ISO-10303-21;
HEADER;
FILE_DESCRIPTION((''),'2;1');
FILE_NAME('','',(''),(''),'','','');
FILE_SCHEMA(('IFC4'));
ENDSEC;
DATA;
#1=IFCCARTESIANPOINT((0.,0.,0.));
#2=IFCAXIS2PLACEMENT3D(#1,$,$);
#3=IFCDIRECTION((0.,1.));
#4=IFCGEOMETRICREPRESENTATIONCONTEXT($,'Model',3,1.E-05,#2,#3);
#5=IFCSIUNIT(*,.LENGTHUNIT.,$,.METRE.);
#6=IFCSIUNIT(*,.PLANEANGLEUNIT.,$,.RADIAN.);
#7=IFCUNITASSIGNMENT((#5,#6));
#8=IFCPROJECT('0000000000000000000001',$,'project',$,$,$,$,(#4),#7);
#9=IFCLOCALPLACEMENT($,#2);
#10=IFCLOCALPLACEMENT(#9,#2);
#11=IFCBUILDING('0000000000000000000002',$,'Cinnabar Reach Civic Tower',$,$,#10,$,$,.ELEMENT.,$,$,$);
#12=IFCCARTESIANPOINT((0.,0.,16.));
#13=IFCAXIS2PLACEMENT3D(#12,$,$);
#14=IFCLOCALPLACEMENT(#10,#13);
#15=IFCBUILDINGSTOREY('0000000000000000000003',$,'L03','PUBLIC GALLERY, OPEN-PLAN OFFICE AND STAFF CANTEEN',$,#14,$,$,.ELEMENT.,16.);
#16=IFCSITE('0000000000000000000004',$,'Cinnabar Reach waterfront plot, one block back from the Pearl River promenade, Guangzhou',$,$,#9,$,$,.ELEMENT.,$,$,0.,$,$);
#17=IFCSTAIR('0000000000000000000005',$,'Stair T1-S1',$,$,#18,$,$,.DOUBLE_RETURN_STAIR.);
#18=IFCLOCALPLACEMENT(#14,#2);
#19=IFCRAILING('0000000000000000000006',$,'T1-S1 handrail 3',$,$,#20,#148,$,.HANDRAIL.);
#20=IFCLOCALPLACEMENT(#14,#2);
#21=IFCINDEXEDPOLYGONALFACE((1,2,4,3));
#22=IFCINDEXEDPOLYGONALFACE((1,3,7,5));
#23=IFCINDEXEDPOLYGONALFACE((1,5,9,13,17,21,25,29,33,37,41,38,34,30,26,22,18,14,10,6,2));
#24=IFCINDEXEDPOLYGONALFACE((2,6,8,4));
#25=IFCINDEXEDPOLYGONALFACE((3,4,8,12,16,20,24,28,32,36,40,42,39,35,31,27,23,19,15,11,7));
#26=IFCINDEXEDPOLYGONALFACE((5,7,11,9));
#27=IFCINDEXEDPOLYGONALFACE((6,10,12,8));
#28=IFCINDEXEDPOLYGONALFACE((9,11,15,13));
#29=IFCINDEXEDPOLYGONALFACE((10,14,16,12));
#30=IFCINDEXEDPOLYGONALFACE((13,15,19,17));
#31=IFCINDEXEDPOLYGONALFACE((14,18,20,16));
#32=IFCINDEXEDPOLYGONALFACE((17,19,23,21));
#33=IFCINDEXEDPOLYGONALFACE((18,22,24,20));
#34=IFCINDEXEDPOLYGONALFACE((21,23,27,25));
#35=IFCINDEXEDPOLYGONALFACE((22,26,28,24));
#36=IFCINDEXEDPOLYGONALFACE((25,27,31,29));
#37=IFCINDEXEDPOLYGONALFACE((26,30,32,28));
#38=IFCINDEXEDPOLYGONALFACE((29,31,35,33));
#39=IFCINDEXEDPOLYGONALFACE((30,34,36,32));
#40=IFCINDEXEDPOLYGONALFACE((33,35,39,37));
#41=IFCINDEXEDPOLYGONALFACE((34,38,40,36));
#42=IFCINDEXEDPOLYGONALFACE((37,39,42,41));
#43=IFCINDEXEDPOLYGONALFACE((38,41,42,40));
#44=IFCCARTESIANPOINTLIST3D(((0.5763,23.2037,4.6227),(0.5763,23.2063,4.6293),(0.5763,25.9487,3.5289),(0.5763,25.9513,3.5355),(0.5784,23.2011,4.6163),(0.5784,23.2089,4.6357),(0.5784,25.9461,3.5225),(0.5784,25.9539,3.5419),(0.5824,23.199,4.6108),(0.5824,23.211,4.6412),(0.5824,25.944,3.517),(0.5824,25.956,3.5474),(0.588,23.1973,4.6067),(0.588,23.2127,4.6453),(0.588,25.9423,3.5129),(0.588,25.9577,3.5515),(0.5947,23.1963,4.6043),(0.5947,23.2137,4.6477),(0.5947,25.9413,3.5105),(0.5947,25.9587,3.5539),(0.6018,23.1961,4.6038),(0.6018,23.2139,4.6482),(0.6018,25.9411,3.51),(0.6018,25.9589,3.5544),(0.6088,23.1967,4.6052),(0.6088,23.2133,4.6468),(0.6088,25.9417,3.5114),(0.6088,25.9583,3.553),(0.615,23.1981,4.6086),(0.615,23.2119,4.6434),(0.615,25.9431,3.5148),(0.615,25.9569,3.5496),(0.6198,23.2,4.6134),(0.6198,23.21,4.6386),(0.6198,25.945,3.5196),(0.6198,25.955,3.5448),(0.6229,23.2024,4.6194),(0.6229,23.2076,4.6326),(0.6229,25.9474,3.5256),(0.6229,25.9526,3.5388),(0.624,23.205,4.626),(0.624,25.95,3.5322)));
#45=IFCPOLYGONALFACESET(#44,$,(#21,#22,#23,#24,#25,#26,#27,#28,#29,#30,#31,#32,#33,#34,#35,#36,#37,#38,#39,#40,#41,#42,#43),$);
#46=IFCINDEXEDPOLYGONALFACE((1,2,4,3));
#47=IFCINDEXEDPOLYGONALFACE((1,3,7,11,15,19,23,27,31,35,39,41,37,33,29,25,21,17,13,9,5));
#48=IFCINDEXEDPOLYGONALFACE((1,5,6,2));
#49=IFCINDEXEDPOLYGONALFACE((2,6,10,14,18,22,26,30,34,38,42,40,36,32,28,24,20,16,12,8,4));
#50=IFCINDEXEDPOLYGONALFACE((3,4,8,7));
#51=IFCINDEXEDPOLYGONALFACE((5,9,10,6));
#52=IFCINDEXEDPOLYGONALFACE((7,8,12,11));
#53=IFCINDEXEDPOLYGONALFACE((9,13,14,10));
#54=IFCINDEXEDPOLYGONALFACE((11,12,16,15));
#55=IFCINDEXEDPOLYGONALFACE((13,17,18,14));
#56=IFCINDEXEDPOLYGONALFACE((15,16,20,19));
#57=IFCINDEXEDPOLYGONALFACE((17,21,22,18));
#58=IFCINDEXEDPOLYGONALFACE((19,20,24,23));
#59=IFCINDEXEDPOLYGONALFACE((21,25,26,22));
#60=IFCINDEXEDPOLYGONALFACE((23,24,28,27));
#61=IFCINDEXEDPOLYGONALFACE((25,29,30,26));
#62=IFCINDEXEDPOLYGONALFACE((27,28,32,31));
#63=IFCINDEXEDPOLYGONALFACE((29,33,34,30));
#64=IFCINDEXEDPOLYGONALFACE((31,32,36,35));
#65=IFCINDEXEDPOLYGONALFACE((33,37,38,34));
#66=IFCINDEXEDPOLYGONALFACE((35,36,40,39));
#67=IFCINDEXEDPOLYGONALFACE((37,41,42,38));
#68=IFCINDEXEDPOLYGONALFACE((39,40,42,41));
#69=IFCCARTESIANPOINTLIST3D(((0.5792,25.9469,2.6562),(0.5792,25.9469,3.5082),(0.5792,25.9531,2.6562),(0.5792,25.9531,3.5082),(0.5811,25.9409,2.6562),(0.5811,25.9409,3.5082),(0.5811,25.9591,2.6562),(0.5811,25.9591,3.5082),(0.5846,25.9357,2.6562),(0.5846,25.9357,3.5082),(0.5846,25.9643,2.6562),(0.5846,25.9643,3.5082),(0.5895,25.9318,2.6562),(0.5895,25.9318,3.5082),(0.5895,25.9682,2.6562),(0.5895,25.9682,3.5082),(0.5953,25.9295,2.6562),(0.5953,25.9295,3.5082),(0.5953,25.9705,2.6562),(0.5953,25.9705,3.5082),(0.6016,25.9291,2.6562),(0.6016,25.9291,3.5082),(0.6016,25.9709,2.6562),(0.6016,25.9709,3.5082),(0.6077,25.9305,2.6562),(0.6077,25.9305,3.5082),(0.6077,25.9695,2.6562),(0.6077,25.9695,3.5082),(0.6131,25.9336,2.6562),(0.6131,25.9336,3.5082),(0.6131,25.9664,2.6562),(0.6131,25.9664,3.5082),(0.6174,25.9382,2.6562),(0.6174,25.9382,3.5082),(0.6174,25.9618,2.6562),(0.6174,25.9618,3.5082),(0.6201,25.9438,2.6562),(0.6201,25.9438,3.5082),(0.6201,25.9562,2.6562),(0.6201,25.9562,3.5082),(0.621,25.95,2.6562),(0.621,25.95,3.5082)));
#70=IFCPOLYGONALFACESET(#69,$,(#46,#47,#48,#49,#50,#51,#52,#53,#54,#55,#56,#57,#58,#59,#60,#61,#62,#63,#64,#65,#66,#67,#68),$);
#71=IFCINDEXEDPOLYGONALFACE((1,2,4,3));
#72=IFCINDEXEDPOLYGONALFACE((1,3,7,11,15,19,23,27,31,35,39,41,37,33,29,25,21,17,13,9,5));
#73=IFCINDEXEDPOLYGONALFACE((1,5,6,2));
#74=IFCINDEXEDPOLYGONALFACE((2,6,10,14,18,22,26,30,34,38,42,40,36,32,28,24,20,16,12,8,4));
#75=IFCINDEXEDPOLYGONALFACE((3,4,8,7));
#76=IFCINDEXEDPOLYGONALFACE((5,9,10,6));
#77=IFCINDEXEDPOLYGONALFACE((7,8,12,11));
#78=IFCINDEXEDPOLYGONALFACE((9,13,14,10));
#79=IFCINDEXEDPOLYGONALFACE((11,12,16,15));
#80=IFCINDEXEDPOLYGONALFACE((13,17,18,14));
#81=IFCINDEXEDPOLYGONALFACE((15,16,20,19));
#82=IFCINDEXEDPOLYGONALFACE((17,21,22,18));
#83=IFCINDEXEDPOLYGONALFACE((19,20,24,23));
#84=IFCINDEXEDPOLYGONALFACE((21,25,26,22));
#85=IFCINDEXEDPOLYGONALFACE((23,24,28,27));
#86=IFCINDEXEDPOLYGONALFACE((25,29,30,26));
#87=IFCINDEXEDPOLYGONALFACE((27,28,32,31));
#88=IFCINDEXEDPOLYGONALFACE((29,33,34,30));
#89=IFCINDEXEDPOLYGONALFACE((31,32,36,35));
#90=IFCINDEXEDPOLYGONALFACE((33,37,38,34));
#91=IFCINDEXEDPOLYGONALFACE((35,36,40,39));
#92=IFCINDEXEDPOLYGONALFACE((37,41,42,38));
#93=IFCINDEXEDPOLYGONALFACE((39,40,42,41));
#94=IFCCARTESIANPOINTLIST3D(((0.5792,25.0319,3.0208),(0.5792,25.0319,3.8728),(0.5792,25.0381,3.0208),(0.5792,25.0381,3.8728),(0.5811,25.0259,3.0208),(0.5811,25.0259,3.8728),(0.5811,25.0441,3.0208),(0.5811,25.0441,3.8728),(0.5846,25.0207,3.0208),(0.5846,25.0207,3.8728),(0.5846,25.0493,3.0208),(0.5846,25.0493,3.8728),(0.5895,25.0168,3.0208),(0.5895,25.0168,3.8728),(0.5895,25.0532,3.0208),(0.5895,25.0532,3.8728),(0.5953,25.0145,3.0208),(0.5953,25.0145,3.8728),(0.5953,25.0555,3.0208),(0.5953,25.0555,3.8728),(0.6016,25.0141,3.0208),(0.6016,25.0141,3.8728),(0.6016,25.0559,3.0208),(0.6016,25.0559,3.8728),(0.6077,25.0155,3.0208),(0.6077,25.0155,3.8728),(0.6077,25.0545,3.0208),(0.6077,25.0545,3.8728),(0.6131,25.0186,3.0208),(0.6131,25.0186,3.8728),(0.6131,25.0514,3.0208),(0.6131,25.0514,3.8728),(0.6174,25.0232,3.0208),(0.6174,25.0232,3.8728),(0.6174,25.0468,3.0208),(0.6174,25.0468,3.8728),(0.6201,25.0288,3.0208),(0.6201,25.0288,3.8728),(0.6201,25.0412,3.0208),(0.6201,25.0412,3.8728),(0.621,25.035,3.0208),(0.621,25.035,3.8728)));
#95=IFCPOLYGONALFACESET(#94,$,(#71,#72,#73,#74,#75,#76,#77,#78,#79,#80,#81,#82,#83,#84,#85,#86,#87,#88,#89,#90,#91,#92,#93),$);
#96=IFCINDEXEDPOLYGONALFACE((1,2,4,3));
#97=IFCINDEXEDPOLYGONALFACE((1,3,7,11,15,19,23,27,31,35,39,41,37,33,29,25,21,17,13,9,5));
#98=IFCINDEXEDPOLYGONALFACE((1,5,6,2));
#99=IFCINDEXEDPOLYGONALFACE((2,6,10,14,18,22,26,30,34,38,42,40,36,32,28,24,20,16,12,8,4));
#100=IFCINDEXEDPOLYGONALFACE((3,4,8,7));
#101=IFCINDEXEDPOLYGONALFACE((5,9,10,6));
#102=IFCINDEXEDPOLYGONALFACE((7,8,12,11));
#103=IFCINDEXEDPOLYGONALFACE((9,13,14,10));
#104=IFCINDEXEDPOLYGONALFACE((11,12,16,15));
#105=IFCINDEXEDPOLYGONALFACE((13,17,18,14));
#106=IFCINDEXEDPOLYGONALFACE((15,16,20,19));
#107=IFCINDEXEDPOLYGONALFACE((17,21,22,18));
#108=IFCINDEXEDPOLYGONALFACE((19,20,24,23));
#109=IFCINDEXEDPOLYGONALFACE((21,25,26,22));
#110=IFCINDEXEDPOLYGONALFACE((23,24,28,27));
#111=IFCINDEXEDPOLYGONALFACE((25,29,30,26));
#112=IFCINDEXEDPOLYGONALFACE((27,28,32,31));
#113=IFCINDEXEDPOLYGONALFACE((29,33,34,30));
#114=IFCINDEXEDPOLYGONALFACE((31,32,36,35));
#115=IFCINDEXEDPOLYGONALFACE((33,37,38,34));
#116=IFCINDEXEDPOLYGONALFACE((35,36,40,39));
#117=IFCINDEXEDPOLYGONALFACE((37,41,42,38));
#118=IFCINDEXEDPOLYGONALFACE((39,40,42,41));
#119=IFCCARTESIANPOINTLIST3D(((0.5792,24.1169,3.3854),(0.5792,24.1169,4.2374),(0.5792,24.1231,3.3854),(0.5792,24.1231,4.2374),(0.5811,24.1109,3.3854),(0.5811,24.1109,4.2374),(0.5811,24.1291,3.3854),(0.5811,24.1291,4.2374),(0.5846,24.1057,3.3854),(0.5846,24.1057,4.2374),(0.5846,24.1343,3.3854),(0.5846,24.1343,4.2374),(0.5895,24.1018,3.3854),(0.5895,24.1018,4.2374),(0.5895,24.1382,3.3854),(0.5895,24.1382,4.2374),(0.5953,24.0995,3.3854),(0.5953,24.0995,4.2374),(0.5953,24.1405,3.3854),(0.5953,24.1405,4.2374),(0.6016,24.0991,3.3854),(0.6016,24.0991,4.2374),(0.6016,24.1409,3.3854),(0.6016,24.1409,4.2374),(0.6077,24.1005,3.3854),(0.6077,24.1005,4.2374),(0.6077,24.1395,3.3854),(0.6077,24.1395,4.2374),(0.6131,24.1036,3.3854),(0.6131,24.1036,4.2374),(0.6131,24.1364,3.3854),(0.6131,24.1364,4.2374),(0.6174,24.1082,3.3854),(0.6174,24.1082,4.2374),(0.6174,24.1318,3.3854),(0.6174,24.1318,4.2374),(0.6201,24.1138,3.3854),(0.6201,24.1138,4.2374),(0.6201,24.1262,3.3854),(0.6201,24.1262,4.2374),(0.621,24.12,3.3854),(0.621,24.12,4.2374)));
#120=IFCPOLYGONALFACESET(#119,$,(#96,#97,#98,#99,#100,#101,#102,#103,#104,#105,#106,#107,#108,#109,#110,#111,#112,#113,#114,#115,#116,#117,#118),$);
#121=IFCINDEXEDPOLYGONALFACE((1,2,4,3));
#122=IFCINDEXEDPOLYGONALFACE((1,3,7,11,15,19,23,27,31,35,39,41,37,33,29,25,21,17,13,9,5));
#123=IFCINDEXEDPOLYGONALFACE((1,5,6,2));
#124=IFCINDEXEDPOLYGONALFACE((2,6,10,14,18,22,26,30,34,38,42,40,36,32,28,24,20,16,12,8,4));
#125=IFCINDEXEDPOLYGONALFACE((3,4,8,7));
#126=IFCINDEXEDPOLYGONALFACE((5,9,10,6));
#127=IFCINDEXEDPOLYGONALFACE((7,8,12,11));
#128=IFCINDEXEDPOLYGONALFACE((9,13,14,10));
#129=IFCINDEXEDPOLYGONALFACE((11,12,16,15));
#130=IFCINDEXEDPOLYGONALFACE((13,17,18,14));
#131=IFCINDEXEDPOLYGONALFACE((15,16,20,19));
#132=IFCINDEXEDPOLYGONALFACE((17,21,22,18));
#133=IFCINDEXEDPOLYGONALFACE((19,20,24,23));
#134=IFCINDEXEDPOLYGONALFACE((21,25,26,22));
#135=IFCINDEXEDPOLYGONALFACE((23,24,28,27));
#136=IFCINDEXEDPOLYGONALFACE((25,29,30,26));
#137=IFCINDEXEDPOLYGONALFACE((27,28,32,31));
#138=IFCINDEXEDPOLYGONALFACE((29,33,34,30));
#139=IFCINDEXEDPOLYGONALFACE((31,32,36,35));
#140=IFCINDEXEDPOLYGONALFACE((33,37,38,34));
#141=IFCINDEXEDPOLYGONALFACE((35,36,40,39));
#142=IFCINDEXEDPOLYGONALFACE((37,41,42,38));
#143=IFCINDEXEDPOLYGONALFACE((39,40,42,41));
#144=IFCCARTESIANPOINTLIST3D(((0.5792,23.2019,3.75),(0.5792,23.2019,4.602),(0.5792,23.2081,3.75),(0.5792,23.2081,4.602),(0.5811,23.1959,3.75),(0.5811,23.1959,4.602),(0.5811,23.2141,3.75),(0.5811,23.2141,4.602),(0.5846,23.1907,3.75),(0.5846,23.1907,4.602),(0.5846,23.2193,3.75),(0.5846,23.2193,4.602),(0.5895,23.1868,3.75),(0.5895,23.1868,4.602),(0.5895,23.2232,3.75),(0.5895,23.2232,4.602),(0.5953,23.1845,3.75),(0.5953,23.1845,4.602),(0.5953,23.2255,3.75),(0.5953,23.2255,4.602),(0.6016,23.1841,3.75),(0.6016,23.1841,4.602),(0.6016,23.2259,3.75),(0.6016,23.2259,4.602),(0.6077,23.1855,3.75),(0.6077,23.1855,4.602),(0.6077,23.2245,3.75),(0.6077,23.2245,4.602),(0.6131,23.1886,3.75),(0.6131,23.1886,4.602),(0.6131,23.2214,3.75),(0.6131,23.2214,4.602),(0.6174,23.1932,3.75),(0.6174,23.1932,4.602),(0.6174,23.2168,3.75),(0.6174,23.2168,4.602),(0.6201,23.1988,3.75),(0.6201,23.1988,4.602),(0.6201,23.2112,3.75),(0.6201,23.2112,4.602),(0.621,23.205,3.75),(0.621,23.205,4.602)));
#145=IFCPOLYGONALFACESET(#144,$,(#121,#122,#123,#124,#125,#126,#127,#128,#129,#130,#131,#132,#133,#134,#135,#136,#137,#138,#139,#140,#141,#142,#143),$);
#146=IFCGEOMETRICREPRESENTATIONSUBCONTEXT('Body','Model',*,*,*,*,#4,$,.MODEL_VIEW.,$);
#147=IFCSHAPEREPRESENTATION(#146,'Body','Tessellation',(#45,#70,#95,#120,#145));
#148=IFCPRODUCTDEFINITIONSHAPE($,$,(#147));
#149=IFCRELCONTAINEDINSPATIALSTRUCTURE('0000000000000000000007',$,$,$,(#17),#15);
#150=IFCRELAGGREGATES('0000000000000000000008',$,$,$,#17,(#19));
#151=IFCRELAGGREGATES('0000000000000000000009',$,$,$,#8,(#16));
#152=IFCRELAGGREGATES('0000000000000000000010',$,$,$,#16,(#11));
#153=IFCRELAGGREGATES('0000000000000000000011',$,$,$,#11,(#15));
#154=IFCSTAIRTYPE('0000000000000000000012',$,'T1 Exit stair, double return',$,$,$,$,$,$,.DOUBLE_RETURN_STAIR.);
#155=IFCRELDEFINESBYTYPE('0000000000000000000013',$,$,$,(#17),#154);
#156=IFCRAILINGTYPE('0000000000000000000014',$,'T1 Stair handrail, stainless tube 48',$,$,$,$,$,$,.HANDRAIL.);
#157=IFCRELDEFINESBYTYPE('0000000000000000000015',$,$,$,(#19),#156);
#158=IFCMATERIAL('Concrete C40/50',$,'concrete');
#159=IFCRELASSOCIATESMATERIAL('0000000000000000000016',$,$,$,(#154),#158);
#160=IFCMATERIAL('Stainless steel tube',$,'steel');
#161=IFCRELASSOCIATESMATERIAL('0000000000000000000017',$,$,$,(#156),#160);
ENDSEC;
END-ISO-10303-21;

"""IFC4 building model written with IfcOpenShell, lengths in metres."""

from ifc_helpers import new_model, si_unit, direction, frame, origin, origin_2d, place, context, subcontext, project, spatial, circle, extrude, material, type_object, element, aggregate, save


model = new_model("IFC4")

# Units and contexts
model_context = context("Model", 3, precision=1e-05, world=origin(), true_north=direction((0.0, 1.0)))
body_context = subcontext(model_context, "Body", "Model", "MODEL_VIEW")
ifc_project = project(units=[si_unit("LENGTHUNIT", "METRE"), si_unit("PLANEANGLEUNIT", "RADIAN")], contexts=[model_context])

# Site, building, storey
site_placement = place(None, origin())
site = spatial("IfcSite", under=ifc_project, at=site_placement, Name="Cinnabar Reach waterfront plot, one block back from the Pearl River promenade, Guangzhou", CompositionType="ELEMENT", RefElevation=0.0)
building_placement = place(site_placement, origin())
building = spatial("IfcBuilding", under=site, at=building_placement, Name="Cinnabar Reach Civic Tower", CompositionType="ELEMENT")
storey_placement = place(building_placement, frame((0.0, 0.0, 16.0)))
storey = spatial("IfcBuildingStorey", under=building, at=storey_placement, Name="L03", Description="PUBLIC GALLERY, OPEN-PLAN OFFICE AND STAFF CANTEEN", CompositionType="ELEMENT", Elevation=16.0)

# Stair, railing
ifc_material_1 = material(Name="Concrete C40/50", Category="concrete")
stair_type = type_object("IfcStairType", Name="T1 Exit stair, double return", PredefinedType="DOUBLE_RETURN_STAIR", material=ifc_material_1)
stair_placement = place(storey_placement, origin())
stair = element("IfcStair", 1, at=stair_placement, inside=storey, type_object=stair_type, Name="Stair T1-S1", PredefinedType="DOUBLE_RETURN_STAIR")
ifc_material_2 = material(Name="Stainless steel tube", Category="steel")
railing_type_1 = type_object("IfcRailingType", Name="T1 Stair handrail, stainless tube 48", PredefinedType="HANDRAIL", material=ifc_material_2)
railing_1_placement = place(storey_placement, frame((0.6, 25.95, 2.6562)))
railing_1 = element("IfcRailing", 2, at=railing_1_placement, type_object=railing_type_1, Name="T1-S1 handrail 3", PredefinedType="HANDRAIL", context=body_context, shape_type="SweptSolid", body=[
    extrude(circle(Radius=0.024, at=origin_2d()), frame((0.0, 0.0, 0.876), z_axis=(0.0, -0.928966, 0.370165), x_axis=(1.0, 0.0, 0.0)), (0.0, 0.0, 1.0), 2.9549),
    extrude(circle(Radius=0.021, at=origin_2d()), origin(), (0.0, 0.0, 1.0), 0.852),
    extrude(circle(Radius=0.021, at=origin_2d()), frame((0.0, -0.915, 0.3646)), (0.0, 0.0, 1.0), 0.852),
    extrude(circle(Radius=0.021, at=origin_2d()), frame((0.0, -1.83, 0.7292)), (0.0, 0.0, 1.0), 0.852),
    extrude(circle(Radius=0.021, at=origin_2d()), frame((0.0, -2.745, 1.0938)), (0.0, 0.0, 1.0), 0.852),
])
aggregate(stair, [railing_1])

save(model, "model.ifc")
